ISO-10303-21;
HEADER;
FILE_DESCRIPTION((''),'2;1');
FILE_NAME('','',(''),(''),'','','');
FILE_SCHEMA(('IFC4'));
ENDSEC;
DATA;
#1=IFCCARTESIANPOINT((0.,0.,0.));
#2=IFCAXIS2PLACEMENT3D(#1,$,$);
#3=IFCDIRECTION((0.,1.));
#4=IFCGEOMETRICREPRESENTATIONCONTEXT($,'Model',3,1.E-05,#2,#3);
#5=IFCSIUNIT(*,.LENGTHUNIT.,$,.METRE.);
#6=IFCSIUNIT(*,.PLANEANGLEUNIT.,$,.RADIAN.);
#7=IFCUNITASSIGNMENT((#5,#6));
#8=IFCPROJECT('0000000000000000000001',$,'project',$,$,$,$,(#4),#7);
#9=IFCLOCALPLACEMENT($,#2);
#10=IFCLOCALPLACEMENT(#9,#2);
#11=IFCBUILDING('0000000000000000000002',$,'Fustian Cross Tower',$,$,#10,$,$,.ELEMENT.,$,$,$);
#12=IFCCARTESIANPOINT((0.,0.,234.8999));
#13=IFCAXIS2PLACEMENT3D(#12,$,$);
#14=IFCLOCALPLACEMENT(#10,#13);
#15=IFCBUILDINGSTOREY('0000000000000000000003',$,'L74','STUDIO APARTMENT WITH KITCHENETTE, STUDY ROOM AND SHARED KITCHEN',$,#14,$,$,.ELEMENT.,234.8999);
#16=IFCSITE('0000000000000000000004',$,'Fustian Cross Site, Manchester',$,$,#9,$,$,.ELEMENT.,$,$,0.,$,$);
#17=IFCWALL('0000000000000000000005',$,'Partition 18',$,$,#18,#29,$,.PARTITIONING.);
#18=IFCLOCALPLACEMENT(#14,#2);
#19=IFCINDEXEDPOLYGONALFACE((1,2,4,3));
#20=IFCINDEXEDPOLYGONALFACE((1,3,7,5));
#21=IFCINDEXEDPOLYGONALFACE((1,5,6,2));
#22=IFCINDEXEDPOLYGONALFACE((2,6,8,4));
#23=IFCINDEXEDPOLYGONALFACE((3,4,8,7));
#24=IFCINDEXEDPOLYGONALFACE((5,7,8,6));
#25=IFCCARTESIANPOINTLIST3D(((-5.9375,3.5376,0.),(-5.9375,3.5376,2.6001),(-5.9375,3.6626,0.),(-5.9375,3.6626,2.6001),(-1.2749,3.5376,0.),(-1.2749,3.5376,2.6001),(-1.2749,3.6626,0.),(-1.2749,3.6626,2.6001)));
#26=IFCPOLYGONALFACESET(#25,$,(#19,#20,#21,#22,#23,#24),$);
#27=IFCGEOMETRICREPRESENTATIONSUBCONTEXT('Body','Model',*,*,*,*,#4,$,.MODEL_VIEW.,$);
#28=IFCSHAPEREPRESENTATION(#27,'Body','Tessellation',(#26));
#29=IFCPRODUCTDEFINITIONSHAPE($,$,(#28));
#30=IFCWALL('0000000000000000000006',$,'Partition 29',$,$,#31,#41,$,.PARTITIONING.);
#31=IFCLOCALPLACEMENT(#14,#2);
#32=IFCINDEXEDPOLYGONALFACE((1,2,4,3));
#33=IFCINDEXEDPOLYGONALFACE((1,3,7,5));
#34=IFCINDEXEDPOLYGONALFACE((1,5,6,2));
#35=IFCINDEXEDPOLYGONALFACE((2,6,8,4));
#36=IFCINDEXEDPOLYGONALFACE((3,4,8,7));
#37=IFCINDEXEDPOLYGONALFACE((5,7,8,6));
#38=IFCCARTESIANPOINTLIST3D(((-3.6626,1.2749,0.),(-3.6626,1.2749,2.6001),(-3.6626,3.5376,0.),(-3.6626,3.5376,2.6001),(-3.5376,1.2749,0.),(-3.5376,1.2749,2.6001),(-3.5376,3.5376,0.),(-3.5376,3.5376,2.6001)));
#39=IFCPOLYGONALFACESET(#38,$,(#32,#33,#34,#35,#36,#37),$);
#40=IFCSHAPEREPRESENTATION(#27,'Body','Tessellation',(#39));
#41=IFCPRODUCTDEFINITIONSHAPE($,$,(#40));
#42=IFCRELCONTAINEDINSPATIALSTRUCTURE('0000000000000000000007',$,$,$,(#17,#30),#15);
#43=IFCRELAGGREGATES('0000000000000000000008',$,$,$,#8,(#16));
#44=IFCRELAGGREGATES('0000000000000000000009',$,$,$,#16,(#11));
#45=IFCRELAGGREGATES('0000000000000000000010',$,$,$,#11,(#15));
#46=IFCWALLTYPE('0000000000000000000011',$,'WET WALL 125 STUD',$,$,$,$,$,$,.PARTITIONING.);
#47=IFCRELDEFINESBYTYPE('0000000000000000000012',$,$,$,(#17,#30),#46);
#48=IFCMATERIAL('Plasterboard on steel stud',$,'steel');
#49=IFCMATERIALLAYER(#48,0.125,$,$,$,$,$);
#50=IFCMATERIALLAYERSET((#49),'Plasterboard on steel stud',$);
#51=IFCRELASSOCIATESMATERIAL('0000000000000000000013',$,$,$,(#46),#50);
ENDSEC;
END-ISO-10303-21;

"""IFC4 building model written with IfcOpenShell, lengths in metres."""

from ifc_helpers import new_model, si_unit, direction, frame, frame_2d, origin, place, context, subcontext, project, spatial, rectangle, extrude, material, layer, layer_set, type_object, element, save


model = new_model("IFC4")

# Units and contexts
model_context = context("Model", 3, precision=1e-05, world=origin(), true_north=direction((0.0, 1.0)))
body_context = subcontext(model_context, "Body", "Model", "MODEL_VIEW")
ifc_project = project(units=[si_unit("LENGTHUNIT", "METRE"), si_unit("PLANEANGLEUNIT", "RADIAN")], contexts=[model_context])

# Site, building, storey
site_placement = place(None, origin())
site = spatial("IfcSite", under=ifc_project, at=site_placement, Name="Fustian Cross Site, Manchester", CompositionType="ELEMENT", RefElevation=0.0)
building_placement = place(site_placement, origin())
building = spatial("IfcBuilding", under=site, at=building_placement, Name="Fustian Cross Tower", CompositionType="ELEMENT")
storey_placement = place(building_placement, frame((0.0, 0.0, 234.8999)))
storey = spatial("IfcBuildingStorey", under=building, at=storey_placement, Name="L74", Description="STUDIO APARTMENT WITH KITCHENETTE, STUDY ROOM AND SHARED KITCHEN", CompositionType="ELEMENT", Elevation=234.8999)

# Walls
ifc_material_1 = material(Name="Plasterboard on steel stud", Category="steel")
ifc_layer_1 = layer(ifc_material_1, 0.125)
ifc_layer_set_1 = layer_set([ifc_layer_1], Name="Plasterboard on steel stud")
wall_type_1 = type_object("IfcWallType", Name="WET WALL 125 STUD", PredefinedType="PARTITIONING", material=ifc_layer_set_1)
wall_1_placement = place(storey_placement, frame((-5.9375, 3.6001, 0.0), z_axis=(0.0, 0.0, 1.0), x_axis=(1.0, 0.0, 0.0)))
element("IfcWall", 1, at=wall_1_placement, inside=storey, type_object=wall_type_1, Name="Partition 18", PredefinedType="PARTITIONING", context=body_context, shape_type="SweptSolid", body=[
    extrude(rectangle(XDim=4.6626, YDim=0.125, at=frame_2d((2.3313, 0.0))), origin(), (0.0, 0.0, 1.0), 2.6001),
])
wall_2_placement = place(storey_placement, frame((-3.6001, 1.2749, 0.0), z_axis=(0.0, 0.0, 1.0), x_axis=(0.0, 1.0, 0.0)))
element("IfcWall", 2, at=wall_2_placement, inside=storey, type_object=wall_type_1, Name="Partition 29", PredefinedType="PARTITIONING", context=body_context, shape_type="SweptSolid", body=[
    extrude(rectangle(XDim=2.2627, YDim=0.125, at=frame_2d((1.1313, 0.0))), origin(), (0.0, 0.0, 1.0), 2.6001),
])

save(model, "model.ifc")
